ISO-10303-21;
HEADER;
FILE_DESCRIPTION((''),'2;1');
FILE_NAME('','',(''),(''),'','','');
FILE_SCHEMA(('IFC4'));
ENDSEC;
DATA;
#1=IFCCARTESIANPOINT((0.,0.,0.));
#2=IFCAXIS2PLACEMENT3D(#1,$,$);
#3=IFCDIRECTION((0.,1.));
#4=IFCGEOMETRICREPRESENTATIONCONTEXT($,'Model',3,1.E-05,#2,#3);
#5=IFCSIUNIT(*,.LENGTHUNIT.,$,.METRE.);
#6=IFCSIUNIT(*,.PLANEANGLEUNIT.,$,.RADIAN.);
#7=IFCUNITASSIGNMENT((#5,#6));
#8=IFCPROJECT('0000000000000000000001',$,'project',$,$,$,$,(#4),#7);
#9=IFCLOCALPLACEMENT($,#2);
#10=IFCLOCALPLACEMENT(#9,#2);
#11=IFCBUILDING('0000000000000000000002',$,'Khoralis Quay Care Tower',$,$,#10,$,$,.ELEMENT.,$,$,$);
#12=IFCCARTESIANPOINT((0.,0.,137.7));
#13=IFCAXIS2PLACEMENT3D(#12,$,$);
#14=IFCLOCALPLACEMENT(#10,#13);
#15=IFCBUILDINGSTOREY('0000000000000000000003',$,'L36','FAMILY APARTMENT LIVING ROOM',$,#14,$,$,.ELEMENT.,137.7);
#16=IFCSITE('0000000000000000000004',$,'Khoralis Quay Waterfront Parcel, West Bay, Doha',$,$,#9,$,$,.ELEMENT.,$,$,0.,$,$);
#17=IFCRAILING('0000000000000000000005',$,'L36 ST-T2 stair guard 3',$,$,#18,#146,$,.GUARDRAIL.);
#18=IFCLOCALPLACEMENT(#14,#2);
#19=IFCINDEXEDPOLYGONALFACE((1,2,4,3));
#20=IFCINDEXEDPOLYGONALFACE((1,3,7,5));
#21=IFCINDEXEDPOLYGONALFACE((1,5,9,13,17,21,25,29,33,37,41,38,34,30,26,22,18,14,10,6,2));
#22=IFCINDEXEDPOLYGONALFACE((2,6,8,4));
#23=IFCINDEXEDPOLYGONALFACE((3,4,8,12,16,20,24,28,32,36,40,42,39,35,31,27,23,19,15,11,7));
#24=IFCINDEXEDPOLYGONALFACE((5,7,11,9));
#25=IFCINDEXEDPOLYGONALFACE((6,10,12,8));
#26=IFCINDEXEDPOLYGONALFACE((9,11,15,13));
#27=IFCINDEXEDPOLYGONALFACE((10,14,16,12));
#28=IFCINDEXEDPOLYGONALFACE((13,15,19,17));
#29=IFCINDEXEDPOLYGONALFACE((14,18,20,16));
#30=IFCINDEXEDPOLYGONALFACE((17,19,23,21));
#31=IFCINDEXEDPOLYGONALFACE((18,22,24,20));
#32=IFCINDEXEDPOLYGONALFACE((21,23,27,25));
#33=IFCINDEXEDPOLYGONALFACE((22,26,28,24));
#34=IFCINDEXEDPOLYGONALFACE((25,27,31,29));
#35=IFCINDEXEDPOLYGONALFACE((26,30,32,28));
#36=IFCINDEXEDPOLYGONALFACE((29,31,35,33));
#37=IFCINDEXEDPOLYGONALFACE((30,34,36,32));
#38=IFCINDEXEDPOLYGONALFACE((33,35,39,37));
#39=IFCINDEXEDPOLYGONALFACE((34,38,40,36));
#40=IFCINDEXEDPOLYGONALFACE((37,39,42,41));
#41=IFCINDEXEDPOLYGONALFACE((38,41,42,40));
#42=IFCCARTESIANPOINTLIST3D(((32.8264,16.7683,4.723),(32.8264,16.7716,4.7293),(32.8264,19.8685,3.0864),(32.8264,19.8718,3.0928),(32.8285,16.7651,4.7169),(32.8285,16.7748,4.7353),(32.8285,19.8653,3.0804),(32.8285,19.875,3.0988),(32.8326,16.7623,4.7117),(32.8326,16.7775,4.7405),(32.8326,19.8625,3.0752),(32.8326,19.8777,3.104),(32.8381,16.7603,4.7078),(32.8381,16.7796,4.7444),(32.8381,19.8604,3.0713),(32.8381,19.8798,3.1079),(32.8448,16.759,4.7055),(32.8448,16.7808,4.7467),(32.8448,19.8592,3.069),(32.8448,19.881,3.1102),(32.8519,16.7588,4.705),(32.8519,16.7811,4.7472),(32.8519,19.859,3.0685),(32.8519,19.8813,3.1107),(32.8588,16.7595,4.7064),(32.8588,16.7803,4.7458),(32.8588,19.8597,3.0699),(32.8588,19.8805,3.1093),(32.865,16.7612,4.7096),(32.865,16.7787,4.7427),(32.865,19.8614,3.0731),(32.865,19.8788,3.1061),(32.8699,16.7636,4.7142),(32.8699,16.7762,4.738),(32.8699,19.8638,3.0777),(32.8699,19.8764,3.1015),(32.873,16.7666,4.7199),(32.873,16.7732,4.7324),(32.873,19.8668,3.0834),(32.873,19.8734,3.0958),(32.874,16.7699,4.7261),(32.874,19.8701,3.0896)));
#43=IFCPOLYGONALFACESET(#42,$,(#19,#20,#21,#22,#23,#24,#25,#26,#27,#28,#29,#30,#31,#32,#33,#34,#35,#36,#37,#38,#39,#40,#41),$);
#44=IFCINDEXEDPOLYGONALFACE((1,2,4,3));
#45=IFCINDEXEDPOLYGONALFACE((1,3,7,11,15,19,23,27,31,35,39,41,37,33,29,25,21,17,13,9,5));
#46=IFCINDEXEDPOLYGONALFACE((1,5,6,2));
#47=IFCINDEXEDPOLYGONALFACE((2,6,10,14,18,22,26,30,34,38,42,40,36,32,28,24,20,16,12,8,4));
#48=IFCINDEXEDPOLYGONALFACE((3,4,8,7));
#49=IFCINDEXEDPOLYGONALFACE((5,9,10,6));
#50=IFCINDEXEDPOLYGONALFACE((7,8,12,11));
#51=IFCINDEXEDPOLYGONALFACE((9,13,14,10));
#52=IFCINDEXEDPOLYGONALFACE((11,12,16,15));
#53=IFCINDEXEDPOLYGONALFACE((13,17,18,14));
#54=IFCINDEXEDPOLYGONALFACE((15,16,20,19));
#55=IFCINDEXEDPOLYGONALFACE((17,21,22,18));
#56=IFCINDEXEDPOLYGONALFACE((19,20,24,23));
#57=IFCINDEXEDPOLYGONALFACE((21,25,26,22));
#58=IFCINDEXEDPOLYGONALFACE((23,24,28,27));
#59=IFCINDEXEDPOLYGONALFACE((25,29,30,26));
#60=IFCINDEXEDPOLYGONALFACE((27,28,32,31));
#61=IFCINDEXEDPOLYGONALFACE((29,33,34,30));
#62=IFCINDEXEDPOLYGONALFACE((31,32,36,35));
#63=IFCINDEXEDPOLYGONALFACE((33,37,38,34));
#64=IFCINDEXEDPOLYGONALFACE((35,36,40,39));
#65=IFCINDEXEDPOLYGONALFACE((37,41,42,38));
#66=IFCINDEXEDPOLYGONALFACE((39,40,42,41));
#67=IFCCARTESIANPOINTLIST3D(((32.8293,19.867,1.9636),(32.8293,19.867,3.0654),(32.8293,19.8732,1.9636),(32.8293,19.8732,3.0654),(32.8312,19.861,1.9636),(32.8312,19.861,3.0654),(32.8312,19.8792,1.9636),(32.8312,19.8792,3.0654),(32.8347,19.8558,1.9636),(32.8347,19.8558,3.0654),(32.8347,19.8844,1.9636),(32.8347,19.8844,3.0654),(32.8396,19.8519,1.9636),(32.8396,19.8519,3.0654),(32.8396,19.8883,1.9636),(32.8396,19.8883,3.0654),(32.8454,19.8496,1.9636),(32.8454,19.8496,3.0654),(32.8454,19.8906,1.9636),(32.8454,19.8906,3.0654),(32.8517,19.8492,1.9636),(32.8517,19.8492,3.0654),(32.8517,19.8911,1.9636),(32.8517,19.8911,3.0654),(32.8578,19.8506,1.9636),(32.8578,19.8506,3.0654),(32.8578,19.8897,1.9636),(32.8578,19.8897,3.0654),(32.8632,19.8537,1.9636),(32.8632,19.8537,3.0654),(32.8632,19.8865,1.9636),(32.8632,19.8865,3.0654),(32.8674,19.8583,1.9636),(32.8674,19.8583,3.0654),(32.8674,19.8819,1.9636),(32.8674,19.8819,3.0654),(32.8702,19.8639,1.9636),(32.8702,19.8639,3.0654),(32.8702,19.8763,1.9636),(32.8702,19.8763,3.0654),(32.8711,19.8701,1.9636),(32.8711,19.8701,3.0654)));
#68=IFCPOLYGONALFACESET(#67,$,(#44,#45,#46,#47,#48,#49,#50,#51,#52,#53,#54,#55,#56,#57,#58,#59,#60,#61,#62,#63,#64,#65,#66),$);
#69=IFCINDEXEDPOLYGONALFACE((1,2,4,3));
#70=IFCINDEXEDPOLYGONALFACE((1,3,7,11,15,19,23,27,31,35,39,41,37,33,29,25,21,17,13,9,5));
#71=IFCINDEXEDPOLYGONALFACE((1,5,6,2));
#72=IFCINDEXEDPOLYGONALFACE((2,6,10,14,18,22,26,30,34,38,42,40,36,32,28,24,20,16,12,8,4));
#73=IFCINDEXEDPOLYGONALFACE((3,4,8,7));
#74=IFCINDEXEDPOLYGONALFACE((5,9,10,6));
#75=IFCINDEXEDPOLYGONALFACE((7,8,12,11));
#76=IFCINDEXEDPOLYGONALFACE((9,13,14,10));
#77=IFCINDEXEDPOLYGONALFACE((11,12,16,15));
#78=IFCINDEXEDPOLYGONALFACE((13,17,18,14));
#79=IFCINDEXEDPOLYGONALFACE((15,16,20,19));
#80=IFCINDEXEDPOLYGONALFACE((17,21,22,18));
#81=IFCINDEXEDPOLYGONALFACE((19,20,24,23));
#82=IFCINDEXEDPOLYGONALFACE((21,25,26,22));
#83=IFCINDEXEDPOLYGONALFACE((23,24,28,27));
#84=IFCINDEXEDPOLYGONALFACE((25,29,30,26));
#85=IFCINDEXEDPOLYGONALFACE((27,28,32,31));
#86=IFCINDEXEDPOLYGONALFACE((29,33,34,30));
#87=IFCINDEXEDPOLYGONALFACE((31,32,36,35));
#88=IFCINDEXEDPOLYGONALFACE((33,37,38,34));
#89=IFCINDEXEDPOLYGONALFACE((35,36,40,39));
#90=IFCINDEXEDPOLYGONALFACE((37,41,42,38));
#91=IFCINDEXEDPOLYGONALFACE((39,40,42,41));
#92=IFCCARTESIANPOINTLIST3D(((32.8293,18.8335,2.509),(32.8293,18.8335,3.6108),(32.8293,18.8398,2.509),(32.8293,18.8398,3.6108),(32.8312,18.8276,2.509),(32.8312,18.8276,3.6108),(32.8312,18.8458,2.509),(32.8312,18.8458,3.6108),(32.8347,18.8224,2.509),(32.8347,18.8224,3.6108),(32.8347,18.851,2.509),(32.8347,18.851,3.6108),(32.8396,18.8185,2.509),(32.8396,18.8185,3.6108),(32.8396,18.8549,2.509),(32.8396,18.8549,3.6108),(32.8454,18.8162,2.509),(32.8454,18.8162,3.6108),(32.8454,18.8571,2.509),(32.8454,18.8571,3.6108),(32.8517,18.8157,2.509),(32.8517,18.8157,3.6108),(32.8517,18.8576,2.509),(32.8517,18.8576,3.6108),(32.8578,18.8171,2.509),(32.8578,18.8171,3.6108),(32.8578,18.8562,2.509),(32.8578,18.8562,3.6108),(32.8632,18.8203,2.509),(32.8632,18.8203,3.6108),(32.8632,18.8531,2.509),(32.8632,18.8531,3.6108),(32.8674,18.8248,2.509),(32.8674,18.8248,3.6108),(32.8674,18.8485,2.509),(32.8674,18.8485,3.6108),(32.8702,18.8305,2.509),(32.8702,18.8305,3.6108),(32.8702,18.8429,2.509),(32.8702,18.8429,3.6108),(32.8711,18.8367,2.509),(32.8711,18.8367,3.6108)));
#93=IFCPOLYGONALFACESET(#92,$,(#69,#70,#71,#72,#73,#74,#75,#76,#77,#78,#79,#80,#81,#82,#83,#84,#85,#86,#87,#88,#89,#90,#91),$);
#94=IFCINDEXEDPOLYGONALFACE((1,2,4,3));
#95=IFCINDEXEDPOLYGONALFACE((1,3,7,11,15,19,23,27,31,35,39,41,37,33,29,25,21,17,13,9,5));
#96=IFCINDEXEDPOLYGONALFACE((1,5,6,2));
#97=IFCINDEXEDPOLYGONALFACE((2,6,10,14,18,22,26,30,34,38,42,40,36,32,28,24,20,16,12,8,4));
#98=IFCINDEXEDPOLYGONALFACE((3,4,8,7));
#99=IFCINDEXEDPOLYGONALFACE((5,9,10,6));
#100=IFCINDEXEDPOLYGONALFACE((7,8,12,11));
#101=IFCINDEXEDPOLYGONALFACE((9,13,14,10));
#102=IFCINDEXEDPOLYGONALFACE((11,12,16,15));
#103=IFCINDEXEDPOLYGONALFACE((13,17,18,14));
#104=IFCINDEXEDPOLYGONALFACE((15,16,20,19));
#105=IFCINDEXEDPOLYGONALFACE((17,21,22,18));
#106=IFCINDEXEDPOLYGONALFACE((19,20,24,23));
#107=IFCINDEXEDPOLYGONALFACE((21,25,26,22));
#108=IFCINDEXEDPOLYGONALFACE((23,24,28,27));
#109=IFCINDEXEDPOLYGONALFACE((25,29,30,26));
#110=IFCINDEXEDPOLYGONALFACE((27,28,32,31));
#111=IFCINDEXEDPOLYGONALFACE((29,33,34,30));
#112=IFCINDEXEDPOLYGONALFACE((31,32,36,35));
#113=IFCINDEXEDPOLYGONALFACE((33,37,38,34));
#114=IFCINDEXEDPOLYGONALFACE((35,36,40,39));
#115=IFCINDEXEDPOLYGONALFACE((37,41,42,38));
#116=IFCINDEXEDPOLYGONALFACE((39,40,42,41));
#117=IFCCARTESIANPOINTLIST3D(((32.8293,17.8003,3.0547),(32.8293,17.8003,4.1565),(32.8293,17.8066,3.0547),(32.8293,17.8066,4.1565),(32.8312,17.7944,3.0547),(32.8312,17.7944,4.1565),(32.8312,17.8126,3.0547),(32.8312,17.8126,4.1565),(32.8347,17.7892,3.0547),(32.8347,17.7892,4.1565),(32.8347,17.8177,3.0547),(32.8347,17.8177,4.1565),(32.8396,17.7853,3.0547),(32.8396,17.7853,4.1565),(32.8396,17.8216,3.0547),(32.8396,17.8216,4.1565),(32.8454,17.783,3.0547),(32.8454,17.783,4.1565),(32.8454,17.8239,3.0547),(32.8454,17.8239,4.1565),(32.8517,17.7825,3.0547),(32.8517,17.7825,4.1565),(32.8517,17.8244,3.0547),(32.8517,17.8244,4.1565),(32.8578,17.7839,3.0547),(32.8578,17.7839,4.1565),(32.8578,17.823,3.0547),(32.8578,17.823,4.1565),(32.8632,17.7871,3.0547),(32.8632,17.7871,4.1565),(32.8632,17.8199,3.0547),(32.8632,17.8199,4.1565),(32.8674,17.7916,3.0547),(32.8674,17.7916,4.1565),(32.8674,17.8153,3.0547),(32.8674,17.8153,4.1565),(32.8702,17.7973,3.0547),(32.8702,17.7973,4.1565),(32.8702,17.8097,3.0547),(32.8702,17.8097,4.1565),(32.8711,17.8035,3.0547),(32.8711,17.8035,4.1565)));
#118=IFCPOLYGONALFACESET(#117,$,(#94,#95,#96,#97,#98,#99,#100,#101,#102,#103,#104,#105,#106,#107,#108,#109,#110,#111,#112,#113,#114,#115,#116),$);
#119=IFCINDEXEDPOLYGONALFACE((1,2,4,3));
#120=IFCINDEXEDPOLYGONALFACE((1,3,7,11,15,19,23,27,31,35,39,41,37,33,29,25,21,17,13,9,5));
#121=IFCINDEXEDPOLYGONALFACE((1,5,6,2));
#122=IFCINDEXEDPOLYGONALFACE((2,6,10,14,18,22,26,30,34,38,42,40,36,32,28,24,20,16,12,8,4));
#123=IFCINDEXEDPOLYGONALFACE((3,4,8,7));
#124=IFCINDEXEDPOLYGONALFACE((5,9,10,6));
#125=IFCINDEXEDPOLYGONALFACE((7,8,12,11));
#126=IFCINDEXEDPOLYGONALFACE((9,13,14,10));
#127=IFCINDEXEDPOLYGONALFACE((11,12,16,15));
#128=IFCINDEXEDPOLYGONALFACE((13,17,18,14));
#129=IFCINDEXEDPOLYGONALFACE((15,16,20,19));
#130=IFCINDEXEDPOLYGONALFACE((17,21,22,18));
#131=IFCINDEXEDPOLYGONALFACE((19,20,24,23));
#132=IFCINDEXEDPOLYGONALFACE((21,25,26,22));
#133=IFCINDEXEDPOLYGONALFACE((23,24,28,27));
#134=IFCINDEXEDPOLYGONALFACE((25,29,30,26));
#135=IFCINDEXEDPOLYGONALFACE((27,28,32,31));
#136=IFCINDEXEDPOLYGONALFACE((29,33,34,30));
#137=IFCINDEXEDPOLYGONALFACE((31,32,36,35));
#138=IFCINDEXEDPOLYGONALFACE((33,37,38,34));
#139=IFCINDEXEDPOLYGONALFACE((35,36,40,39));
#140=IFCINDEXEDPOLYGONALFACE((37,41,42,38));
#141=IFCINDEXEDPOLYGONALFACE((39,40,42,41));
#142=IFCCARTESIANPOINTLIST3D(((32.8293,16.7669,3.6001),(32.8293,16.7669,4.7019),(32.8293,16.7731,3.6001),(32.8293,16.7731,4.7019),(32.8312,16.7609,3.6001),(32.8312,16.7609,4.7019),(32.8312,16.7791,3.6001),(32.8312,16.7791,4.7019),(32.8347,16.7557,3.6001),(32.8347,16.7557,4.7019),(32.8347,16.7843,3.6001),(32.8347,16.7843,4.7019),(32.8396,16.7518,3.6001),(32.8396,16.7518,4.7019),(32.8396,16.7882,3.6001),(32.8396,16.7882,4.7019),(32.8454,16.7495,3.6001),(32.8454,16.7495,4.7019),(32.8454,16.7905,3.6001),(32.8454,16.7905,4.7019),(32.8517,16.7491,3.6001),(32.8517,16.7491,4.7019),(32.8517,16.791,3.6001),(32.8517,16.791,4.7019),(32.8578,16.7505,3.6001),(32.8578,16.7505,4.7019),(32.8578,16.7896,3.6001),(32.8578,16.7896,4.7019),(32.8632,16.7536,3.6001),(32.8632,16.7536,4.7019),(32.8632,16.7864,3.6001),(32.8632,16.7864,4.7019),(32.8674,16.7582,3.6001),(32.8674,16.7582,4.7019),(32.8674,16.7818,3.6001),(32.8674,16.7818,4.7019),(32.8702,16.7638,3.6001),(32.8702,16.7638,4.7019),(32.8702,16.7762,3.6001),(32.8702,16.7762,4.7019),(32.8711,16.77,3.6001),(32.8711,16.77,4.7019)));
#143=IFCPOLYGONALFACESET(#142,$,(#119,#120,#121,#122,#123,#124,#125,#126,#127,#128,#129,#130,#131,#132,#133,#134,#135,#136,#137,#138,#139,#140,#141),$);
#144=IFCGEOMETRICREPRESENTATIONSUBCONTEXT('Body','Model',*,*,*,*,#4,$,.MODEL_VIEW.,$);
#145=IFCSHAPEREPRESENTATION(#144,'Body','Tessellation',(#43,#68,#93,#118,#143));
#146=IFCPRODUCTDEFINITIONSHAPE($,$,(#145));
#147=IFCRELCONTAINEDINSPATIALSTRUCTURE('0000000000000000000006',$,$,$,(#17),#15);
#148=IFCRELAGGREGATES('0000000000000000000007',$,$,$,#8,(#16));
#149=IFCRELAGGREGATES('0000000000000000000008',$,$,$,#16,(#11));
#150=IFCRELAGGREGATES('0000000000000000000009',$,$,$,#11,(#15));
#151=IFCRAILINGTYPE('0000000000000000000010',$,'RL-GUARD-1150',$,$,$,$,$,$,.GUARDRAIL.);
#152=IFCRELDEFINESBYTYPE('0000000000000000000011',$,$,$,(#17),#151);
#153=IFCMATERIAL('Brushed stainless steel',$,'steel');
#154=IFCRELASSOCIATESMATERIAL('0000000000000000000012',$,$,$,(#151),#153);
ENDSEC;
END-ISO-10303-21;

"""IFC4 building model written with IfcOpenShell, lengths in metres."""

from ifc_helpers import new_model, si_unit, direction, frame, origin, origin_2d, place, context, subcontext, project, spatial, circle, extrude, material, type_object, element, save


model = new_model("IFC4")

# Units and contexts
model_context = context("Model", 3, precision=1e-05, world=origin(), true_north=direction((0.0, 1.0)))
body_context = subcontext(model_context, "Body", "Model", "MODEL_VIEW")
ifc_project = project(units=[si_unit("LENGTHUNIT", "METRE"), si_unit("PLANEANGLEUNIT", "RADIAN")], contexts=[model_context])

# Site, building, storey
site_placement = place(None, origin())
site = spatial("IfcSite", under=ifc_project, at=site_placement, Name="Khoralis Quay Waterfront Parcel, West Bay, Doha", CompositionType="ELEMENT", RefElevation=0.0)
building_placement = place(site_placement, origin())
building = spatial("IfcBuilding", under=site, at=building_placement, Name="Khoralis Quay Care Tower", CompositionType="ELEMENT")
storey_placement = place(building_placement, frame((0.0, 0.0, 137.7)))
storey = spatial("IfcBuildingStorey", under=building, at=storey_placement, Name="L36", Description="FAMILY APARTMENT LIVING ROOM", CompositionType="ELEMENT", Elevation=137.7)

# Shared definitions
ifc_material_1 = material(Name="Brushed stainless steel", Category="steel")

# Railing
railing_type_1 = type_object("IfcRailingType", Name="RL-GUARD-1150", PredefinedType="GUARDRAIL", material=ifc_material_1)
railing_1_placement = place(storey_placement, frame((32.8501, 19.8701, 1.9636)))
element("IfcRailing", 1, at=railing_1_placement, inside=storey, type_object=railing_type_1, Name="L36 ST-T2 stair guard 3", PredefinedType="GUARDRAIL", context=body_context, shape_type="SweptSolid", body=[
    extrude(circle(Radius=0.0239, at=origin_2d()), frame((0.0, 0.0, 1.126), z_axis=(0.0, -0.884348, 0.466828), x_axis=(1.0, 0.0, 0.0)), (0.0, 0.0, 1.0), 3.5056),
    extrude(circle(Radius=0.021, at=origin_2d()), origin(), (0.0, 0.0, 1.0), 1.1018),
    extrude(circle(Radius=0.021, at=origin_2d()), frame((0.0, -1.0334, 0.5454)), (0.0, 0.0, 1.0), 1.1018),
    extrude(circle(Radius=0.021, at=origin_2d()), frame((0.0, -2.0667, 1.0911)), (0.0, 0.0, 1.0), 1.1018),
    extrude(circle(Radius=0.021, at=origin_2d()), frame((0.0, -3.1001, 1.6365)), (0.0, 0.0, 1.0), 1.1018),
])

save(model, "model.ifc")
